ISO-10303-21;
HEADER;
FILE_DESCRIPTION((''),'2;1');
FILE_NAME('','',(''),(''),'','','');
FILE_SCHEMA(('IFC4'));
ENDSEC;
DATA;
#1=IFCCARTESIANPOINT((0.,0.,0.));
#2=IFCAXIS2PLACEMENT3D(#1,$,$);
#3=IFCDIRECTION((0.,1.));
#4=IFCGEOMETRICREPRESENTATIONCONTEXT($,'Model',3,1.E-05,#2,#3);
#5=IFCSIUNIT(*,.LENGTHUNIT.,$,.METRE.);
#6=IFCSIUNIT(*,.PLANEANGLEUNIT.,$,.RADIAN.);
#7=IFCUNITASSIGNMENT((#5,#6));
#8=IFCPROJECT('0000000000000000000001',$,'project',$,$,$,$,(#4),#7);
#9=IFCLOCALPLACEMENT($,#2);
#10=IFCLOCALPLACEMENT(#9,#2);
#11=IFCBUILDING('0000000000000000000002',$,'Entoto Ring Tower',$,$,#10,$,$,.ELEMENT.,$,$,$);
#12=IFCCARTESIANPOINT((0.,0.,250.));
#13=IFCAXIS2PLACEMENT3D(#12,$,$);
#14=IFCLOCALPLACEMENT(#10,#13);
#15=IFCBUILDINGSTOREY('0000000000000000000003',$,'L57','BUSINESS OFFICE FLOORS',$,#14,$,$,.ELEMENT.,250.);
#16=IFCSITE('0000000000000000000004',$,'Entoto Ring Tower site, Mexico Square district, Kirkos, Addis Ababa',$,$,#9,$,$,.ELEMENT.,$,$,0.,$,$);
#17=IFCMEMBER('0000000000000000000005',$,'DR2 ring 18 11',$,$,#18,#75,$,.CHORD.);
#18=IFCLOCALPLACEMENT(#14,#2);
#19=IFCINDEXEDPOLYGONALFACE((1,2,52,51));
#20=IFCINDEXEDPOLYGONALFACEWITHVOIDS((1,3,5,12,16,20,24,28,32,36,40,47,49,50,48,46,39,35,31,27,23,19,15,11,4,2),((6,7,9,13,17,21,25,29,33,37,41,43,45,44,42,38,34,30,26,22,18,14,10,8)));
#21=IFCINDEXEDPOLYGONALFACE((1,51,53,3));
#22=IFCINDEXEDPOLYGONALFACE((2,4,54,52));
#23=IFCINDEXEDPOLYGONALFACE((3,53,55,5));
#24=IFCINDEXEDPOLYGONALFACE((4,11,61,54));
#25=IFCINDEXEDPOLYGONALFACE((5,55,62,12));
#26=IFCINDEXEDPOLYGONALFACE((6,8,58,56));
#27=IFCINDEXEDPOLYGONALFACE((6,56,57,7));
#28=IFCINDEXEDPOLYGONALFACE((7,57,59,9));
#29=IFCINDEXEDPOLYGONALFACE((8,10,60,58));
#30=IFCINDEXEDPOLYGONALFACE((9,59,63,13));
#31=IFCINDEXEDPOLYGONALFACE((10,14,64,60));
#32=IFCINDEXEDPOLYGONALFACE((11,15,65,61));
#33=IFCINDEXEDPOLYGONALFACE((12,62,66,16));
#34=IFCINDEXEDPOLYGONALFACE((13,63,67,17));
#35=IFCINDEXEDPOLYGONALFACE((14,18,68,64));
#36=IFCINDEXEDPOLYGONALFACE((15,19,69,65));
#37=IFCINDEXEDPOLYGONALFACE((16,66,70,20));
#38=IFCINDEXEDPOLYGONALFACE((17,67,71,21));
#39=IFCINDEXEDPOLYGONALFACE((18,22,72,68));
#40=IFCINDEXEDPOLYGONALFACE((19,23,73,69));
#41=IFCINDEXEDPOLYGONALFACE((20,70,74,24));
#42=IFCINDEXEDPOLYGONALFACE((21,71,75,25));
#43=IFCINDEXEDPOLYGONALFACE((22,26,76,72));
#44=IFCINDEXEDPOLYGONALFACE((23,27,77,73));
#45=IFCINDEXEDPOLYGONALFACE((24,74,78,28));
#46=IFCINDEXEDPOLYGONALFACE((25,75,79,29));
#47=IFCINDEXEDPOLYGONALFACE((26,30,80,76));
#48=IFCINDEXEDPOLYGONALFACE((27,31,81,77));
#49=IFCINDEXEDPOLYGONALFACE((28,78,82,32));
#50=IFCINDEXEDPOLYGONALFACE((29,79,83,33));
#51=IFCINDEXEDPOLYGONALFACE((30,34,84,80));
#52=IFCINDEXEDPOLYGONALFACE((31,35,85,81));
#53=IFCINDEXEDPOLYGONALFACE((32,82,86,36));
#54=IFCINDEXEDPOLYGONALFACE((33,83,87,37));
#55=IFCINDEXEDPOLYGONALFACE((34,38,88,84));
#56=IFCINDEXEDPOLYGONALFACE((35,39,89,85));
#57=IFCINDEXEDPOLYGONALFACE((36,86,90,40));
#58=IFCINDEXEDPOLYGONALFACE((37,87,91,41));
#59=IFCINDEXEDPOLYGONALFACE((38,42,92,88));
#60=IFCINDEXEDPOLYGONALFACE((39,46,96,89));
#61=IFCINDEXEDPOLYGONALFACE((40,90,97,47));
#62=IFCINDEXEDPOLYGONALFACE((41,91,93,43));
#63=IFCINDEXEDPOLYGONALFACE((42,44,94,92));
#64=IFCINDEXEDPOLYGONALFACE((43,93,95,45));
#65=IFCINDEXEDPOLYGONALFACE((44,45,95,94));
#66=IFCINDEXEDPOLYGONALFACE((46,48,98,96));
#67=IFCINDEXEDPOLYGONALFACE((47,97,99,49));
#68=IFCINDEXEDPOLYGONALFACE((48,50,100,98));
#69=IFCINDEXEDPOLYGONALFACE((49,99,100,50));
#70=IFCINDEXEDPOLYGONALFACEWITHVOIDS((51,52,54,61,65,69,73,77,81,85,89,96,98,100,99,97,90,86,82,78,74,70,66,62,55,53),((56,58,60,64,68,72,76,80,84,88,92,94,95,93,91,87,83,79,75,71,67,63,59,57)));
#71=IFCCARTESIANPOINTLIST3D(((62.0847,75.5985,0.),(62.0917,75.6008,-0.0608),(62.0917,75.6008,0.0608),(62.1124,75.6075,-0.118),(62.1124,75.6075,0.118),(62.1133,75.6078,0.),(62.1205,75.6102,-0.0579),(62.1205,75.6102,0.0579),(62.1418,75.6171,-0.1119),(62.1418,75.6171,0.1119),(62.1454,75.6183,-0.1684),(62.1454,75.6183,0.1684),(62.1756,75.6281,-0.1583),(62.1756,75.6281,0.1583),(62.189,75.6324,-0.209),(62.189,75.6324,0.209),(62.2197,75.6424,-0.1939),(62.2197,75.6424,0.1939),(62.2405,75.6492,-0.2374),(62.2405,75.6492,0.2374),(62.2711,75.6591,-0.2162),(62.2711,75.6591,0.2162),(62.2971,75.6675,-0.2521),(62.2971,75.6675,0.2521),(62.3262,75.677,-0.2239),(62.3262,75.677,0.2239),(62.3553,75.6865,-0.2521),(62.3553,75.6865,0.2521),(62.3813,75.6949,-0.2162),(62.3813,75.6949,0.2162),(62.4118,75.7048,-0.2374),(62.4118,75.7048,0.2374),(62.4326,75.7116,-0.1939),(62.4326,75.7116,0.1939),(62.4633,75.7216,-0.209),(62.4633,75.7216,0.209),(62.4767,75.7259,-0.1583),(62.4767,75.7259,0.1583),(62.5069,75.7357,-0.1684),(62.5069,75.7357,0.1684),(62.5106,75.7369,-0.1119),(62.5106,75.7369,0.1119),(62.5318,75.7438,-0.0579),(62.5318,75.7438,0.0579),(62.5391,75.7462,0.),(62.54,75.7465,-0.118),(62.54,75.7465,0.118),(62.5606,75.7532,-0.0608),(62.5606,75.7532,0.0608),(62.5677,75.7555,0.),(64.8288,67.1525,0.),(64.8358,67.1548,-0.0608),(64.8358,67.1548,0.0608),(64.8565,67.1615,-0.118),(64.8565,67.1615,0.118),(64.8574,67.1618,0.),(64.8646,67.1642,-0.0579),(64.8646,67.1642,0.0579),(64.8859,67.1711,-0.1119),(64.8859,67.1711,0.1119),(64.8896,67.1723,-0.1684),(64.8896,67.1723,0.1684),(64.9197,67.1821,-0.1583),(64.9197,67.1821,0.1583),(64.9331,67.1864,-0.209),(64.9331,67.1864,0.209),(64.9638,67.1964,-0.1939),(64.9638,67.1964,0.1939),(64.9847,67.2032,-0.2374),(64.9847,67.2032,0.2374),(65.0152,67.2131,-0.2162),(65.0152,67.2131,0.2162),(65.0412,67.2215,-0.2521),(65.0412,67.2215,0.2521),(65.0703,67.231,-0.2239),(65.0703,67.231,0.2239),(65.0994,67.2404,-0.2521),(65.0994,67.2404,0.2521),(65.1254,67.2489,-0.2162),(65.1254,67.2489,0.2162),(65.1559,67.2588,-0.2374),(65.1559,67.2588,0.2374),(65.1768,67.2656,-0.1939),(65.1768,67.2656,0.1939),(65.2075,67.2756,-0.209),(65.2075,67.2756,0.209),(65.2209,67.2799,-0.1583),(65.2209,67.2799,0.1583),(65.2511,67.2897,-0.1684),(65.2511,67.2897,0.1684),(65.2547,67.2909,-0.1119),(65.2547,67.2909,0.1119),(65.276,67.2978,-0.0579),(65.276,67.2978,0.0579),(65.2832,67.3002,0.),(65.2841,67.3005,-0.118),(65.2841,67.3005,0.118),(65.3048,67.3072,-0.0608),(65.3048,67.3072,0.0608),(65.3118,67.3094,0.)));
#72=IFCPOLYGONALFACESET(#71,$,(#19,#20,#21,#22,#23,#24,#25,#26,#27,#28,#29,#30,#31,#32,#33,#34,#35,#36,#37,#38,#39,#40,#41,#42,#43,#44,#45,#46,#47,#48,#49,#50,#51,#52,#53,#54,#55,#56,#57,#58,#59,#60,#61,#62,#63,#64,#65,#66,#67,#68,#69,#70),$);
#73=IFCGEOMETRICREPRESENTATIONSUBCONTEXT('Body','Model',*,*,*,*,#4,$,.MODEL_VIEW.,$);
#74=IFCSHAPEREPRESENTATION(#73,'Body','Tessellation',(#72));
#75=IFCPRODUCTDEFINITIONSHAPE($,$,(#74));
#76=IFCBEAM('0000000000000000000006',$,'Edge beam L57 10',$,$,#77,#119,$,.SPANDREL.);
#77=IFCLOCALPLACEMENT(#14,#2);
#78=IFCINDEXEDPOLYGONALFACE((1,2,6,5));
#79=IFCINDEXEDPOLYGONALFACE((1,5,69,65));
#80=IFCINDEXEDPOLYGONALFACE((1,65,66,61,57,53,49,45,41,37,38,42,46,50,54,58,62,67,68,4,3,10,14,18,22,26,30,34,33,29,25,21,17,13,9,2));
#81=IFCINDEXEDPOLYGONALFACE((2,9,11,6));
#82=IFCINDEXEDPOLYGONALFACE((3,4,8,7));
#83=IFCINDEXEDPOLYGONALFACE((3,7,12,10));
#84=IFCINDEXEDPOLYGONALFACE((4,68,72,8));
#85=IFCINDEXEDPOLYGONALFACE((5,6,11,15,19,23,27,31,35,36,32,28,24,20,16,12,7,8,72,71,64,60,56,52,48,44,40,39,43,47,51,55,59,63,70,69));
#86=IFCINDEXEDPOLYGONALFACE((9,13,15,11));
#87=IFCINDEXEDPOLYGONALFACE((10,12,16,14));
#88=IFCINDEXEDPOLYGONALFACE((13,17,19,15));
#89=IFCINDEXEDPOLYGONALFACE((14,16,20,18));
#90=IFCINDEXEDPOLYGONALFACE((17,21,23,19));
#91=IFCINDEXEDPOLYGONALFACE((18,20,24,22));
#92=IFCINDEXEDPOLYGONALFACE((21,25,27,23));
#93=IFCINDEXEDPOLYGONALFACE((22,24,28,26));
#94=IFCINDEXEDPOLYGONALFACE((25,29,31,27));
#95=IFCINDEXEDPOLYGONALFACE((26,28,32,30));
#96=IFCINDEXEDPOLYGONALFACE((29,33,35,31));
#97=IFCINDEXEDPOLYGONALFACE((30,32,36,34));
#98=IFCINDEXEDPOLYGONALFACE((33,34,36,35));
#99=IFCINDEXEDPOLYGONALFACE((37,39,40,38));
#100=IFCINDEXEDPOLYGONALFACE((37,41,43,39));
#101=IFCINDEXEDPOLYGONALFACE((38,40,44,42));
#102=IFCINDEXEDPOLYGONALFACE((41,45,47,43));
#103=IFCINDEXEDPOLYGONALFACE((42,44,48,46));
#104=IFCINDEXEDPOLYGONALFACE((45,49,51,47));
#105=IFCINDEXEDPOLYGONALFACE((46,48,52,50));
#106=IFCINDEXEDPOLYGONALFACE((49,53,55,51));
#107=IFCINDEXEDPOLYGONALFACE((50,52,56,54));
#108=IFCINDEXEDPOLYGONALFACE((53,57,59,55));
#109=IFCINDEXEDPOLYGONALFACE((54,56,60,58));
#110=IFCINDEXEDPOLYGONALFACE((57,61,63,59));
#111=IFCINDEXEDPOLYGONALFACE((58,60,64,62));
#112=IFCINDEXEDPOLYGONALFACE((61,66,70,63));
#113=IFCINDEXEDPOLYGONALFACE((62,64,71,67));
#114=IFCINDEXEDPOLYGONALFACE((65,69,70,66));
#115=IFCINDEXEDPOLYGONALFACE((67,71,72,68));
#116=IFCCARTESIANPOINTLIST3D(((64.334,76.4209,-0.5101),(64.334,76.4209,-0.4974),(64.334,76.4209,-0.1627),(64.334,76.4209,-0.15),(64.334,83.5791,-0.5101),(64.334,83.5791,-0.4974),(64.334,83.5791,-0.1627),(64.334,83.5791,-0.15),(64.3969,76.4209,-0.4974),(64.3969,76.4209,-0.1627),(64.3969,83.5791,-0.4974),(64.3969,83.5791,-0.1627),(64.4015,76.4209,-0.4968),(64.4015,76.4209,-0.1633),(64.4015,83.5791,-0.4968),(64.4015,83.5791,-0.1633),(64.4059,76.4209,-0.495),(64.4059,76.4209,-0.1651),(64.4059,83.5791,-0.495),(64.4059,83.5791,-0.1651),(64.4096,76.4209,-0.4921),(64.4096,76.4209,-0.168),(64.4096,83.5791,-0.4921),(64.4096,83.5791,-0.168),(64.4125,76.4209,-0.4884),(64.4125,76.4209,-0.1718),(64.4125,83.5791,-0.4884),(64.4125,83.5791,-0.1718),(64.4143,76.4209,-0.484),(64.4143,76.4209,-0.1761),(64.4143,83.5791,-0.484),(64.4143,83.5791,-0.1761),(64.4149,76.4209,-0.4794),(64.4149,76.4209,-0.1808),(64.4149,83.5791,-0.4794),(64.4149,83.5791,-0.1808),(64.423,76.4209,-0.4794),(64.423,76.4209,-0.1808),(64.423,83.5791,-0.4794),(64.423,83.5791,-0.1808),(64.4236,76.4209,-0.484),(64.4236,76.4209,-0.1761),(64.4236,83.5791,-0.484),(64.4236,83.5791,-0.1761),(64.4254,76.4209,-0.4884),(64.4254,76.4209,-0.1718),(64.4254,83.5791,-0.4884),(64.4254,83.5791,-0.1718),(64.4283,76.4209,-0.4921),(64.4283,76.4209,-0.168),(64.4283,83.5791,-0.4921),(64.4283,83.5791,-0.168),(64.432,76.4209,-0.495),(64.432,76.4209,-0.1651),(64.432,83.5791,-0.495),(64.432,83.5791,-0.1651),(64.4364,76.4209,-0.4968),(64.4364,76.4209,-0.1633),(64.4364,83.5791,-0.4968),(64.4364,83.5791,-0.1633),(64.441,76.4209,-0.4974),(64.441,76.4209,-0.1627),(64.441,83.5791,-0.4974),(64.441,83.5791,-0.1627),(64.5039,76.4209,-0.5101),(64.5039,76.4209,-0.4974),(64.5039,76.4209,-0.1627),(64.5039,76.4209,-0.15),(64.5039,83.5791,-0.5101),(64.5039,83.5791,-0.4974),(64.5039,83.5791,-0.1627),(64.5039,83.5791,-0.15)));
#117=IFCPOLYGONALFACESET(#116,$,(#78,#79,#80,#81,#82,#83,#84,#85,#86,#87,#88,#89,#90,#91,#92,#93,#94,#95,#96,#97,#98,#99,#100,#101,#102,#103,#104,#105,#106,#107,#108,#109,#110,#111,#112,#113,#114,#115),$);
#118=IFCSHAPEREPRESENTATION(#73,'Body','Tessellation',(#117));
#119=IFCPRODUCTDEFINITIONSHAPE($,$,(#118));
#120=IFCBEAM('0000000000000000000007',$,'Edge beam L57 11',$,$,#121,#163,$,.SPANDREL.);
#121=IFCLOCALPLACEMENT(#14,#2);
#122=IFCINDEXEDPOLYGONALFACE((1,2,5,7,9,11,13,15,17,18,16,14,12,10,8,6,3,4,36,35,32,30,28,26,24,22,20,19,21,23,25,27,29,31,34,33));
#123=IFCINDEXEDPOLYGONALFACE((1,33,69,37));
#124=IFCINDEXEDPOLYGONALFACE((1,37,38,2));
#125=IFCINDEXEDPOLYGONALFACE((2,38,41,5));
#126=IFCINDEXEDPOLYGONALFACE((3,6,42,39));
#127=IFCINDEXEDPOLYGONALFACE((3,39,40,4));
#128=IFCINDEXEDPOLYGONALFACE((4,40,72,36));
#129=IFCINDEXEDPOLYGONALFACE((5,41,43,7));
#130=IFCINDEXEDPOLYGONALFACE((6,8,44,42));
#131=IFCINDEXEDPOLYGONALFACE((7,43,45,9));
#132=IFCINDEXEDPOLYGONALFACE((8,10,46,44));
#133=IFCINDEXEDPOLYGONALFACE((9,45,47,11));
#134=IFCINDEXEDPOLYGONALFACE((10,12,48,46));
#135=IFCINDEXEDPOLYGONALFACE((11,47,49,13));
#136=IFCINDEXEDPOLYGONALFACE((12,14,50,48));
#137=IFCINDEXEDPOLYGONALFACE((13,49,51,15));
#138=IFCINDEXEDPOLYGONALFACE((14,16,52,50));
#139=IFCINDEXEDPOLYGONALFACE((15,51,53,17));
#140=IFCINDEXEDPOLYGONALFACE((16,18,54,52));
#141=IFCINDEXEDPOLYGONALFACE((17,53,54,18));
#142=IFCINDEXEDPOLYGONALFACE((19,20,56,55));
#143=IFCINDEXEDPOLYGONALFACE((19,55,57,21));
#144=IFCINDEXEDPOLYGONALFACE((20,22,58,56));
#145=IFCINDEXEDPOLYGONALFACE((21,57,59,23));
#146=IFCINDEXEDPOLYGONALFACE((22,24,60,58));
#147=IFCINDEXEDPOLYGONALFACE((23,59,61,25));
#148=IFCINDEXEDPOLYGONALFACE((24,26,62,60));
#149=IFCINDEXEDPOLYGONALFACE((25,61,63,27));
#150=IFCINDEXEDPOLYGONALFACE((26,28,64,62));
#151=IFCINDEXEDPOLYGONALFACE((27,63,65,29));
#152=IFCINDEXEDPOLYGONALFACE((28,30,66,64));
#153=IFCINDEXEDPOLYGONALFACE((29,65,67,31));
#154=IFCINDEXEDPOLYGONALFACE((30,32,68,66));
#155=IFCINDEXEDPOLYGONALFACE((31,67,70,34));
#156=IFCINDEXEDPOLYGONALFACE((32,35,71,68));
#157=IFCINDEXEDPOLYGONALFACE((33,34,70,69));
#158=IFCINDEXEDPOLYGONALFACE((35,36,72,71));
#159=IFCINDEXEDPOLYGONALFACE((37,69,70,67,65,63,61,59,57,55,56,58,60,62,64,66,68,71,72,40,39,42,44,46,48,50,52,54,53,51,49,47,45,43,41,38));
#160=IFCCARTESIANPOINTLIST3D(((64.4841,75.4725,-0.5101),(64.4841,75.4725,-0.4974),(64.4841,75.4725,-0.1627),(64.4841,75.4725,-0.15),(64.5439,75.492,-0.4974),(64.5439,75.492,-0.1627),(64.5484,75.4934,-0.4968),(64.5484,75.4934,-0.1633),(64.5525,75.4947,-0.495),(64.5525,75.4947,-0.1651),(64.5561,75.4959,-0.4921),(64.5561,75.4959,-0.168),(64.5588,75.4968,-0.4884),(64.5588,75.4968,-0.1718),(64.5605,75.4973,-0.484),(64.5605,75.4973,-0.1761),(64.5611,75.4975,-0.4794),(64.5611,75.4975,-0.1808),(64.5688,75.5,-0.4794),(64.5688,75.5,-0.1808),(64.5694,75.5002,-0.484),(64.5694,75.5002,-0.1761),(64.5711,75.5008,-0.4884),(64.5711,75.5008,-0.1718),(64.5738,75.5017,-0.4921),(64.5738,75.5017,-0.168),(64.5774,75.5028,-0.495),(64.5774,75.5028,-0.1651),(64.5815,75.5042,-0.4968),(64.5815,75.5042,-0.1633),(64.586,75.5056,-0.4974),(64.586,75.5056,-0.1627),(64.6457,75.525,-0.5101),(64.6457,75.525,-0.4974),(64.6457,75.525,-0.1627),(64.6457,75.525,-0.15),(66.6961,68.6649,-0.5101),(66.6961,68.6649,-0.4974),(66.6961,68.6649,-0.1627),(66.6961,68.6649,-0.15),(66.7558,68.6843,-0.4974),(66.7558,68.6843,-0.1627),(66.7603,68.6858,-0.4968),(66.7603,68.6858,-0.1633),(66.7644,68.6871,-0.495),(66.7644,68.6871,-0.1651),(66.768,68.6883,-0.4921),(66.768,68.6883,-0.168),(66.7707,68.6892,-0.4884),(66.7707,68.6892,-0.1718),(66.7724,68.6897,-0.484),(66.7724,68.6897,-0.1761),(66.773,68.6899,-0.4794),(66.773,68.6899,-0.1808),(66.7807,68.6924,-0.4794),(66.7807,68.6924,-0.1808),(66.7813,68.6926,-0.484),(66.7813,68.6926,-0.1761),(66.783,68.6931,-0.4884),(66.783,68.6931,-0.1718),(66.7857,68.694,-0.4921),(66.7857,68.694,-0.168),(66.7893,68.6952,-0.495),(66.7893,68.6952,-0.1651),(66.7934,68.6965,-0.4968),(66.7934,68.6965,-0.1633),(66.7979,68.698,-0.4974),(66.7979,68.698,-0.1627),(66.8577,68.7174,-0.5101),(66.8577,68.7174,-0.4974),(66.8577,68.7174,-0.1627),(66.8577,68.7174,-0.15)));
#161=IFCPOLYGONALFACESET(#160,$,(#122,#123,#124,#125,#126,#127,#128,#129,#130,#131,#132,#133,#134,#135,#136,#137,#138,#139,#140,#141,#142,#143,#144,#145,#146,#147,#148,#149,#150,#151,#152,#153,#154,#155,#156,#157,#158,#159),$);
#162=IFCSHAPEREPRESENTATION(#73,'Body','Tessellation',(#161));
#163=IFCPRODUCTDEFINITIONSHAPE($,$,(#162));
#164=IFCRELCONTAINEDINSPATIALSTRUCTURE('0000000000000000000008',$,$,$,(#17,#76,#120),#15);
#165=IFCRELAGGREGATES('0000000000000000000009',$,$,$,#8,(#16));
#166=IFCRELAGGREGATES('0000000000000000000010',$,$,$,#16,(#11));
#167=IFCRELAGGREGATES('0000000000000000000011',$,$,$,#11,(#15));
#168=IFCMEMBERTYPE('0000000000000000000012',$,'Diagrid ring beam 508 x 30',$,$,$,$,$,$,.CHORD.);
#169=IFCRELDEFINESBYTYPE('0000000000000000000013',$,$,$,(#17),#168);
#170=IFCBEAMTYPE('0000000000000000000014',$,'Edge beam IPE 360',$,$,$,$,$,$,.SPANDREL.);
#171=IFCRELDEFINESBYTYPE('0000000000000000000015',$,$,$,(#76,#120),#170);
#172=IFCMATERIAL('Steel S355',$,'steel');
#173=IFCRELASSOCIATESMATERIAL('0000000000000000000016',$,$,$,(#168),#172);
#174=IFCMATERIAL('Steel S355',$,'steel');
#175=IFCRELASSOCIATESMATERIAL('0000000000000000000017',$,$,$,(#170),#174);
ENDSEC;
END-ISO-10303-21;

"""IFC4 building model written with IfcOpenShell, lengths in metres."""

from ifc_helpers import new_model, si_unit, direction, frame, origin, origin_2d, place, context, subcontext, project, spatial, circle, hollow_circle, i_section, extrude, material, material_profile, profile_set, type_object, element, save


model = new_model("IFC4")

# Units and contexts
model_context = context("Model", 3, precision=1e-05, world=origin(), true_north=direction((0.0, 1.0)))
body_context = subcontext(model_context, "Body", "Model", "MODEL_VIEW")
ifc_project = project(units=[si_unit("LENGTHUNIT", "METRE"), si_unit("PLANEANGLEUNIT", "RADIAN")], contexts=[model_context])

# Site, building, storey
site_placement = place(None, origin())
site = spatial("IfcSite", under=ifc_project, at=site_placement, Name="Entoto Ring Tower site, Mexico Square district, Kirkos, Addis Ababa", CompositionType="ELEMENT", RefElevation=0.0)
building_placement = place(site_placement, origin())
building = spatial("IfcBuilding", under=site, at=building_placement, Name="Entoto Ring Tower", CompositionType="ELEMENT")
storey_placement = place(building_placement, frame((0.0, 0.0, 250.0)))
storey = spatial("IfcBuildingStorey", under=building, at=storey_placement, Name="L57", Description="BUSINESS OFFICE FLOORS", CompositionType="ELEMENT", Elevation=250.0)

# Member
ifc_material_1 = material(Name="Steel S355", Category="steel")
ifc_material_profile_1 = material_profile(ifc_material_1, hollow_circle(Radius=0.2539, WallThickness=0.03, at=origin_2d()), Name="CHS 508 x 30")
ifc_material_2 = material(Name="Concrete C60/75", Category="concrete")
ifc_material_profile_2 = material_profile(ifc_material_2, circle(Radius=0.2241, at=origin_2d()), Name="Concrete C60/75 infill")
ifc_profile_set_1 = profile_set([ifc_material_profile_1, ifc_material_profile_2], Name="Steel S355")
member_type_1 = type_object("IfcMemberType", Name="Diagrid ring beam 508 x 30", PredefinedType="CHORD", material=ifc_profile_set_1)
member_1_placement = place(storey_placement, frame((62.3262, 75.677, 0.0), z_axis=(0.309002, -0.951061, 0.0), x_axis=(0.951061, 0.309002, 0.0)))
element("IfcMember", 1, at=member_1_placement, inside=storey, type_object=member_type_1, Name="DR2 ring 18 11", PredefinedType="CHORD", context=body_context, shape_type="SweptSolid", body=[
    extrude(hollow_circle(Radius=0.2539, WallThickness=0.03, at=origin_2d()), origin(), (0.0, 0.0, 1.0), 8.8806),
])

# Beams
ifc_material_3 = material(Name="Steel S355", Category="steel")
ifc_material_profile_3 = material_profile(ifc_material_3, i_section(OverallWidth=0.1699, OverallDepth=0.3601, WebThickness=0.0081, FlangeThickness=0.0127, FilletRadius=0.0181, at=origin_2d()), Name="IPE 360")
ifc_profile_set_2 = profile_set([ifc_material_profile_3], Name="Steel S355")
beam_type_1 = type_object("IfcBeamType", Name="Edge beam IPE 360", PredefinedType="SPANDREL", material=ifc_profile_set_2)
beam_1_placement = place(storey_placement, frame((64.4189, 83.5791, -0.3301), z_axis=(0.0, -1.0, 0.0), x_axis=(1.0, 0.0, 0.0)))
element("IfcBeam", 2, at=beam_1_placement, inside=storey, type_object=beam_type_1, Name="Edge beam L57 10", PredefinedType="SPANDREL", context=body_context, shape_type="SweptSolid", body=[
    extrude(i_section(OverallWidth=0.1699, OverallDepth=0.3601, WebThickness=0.0081, FlangeThickness=0.0127, FilletRadius=0.0181, at=origin_2d()), origin(), (0.0, 0.0, 1.0), 7.1582),
])
beam_2_placement = place(storey_placement, frame((64.5649, 75.4988, -0.3301), z_axis=(0.309015, -0.951057, 0.0), x_axis=(0.951057, 0.309015, 0.0)))
element("IfcBeam", 3, at=beam_2_placement, inside=storey, type_object=beam_type_1, Name="Edge beam L57 11", PredefinedType="SPANDREL", context=body_context, shape_type="SweptSolid", body=[
    extrude(i_section(OverallWidth=0.1699, OverallDepth=0.3601, WebThickness=0.0081, FlangeThickness=0.0127, FilletRadius=0.0181, at=origin_2d()), origin(), (0.0, 0.0, 1.0), 7.158),
])

save(model, "model.ifc")
